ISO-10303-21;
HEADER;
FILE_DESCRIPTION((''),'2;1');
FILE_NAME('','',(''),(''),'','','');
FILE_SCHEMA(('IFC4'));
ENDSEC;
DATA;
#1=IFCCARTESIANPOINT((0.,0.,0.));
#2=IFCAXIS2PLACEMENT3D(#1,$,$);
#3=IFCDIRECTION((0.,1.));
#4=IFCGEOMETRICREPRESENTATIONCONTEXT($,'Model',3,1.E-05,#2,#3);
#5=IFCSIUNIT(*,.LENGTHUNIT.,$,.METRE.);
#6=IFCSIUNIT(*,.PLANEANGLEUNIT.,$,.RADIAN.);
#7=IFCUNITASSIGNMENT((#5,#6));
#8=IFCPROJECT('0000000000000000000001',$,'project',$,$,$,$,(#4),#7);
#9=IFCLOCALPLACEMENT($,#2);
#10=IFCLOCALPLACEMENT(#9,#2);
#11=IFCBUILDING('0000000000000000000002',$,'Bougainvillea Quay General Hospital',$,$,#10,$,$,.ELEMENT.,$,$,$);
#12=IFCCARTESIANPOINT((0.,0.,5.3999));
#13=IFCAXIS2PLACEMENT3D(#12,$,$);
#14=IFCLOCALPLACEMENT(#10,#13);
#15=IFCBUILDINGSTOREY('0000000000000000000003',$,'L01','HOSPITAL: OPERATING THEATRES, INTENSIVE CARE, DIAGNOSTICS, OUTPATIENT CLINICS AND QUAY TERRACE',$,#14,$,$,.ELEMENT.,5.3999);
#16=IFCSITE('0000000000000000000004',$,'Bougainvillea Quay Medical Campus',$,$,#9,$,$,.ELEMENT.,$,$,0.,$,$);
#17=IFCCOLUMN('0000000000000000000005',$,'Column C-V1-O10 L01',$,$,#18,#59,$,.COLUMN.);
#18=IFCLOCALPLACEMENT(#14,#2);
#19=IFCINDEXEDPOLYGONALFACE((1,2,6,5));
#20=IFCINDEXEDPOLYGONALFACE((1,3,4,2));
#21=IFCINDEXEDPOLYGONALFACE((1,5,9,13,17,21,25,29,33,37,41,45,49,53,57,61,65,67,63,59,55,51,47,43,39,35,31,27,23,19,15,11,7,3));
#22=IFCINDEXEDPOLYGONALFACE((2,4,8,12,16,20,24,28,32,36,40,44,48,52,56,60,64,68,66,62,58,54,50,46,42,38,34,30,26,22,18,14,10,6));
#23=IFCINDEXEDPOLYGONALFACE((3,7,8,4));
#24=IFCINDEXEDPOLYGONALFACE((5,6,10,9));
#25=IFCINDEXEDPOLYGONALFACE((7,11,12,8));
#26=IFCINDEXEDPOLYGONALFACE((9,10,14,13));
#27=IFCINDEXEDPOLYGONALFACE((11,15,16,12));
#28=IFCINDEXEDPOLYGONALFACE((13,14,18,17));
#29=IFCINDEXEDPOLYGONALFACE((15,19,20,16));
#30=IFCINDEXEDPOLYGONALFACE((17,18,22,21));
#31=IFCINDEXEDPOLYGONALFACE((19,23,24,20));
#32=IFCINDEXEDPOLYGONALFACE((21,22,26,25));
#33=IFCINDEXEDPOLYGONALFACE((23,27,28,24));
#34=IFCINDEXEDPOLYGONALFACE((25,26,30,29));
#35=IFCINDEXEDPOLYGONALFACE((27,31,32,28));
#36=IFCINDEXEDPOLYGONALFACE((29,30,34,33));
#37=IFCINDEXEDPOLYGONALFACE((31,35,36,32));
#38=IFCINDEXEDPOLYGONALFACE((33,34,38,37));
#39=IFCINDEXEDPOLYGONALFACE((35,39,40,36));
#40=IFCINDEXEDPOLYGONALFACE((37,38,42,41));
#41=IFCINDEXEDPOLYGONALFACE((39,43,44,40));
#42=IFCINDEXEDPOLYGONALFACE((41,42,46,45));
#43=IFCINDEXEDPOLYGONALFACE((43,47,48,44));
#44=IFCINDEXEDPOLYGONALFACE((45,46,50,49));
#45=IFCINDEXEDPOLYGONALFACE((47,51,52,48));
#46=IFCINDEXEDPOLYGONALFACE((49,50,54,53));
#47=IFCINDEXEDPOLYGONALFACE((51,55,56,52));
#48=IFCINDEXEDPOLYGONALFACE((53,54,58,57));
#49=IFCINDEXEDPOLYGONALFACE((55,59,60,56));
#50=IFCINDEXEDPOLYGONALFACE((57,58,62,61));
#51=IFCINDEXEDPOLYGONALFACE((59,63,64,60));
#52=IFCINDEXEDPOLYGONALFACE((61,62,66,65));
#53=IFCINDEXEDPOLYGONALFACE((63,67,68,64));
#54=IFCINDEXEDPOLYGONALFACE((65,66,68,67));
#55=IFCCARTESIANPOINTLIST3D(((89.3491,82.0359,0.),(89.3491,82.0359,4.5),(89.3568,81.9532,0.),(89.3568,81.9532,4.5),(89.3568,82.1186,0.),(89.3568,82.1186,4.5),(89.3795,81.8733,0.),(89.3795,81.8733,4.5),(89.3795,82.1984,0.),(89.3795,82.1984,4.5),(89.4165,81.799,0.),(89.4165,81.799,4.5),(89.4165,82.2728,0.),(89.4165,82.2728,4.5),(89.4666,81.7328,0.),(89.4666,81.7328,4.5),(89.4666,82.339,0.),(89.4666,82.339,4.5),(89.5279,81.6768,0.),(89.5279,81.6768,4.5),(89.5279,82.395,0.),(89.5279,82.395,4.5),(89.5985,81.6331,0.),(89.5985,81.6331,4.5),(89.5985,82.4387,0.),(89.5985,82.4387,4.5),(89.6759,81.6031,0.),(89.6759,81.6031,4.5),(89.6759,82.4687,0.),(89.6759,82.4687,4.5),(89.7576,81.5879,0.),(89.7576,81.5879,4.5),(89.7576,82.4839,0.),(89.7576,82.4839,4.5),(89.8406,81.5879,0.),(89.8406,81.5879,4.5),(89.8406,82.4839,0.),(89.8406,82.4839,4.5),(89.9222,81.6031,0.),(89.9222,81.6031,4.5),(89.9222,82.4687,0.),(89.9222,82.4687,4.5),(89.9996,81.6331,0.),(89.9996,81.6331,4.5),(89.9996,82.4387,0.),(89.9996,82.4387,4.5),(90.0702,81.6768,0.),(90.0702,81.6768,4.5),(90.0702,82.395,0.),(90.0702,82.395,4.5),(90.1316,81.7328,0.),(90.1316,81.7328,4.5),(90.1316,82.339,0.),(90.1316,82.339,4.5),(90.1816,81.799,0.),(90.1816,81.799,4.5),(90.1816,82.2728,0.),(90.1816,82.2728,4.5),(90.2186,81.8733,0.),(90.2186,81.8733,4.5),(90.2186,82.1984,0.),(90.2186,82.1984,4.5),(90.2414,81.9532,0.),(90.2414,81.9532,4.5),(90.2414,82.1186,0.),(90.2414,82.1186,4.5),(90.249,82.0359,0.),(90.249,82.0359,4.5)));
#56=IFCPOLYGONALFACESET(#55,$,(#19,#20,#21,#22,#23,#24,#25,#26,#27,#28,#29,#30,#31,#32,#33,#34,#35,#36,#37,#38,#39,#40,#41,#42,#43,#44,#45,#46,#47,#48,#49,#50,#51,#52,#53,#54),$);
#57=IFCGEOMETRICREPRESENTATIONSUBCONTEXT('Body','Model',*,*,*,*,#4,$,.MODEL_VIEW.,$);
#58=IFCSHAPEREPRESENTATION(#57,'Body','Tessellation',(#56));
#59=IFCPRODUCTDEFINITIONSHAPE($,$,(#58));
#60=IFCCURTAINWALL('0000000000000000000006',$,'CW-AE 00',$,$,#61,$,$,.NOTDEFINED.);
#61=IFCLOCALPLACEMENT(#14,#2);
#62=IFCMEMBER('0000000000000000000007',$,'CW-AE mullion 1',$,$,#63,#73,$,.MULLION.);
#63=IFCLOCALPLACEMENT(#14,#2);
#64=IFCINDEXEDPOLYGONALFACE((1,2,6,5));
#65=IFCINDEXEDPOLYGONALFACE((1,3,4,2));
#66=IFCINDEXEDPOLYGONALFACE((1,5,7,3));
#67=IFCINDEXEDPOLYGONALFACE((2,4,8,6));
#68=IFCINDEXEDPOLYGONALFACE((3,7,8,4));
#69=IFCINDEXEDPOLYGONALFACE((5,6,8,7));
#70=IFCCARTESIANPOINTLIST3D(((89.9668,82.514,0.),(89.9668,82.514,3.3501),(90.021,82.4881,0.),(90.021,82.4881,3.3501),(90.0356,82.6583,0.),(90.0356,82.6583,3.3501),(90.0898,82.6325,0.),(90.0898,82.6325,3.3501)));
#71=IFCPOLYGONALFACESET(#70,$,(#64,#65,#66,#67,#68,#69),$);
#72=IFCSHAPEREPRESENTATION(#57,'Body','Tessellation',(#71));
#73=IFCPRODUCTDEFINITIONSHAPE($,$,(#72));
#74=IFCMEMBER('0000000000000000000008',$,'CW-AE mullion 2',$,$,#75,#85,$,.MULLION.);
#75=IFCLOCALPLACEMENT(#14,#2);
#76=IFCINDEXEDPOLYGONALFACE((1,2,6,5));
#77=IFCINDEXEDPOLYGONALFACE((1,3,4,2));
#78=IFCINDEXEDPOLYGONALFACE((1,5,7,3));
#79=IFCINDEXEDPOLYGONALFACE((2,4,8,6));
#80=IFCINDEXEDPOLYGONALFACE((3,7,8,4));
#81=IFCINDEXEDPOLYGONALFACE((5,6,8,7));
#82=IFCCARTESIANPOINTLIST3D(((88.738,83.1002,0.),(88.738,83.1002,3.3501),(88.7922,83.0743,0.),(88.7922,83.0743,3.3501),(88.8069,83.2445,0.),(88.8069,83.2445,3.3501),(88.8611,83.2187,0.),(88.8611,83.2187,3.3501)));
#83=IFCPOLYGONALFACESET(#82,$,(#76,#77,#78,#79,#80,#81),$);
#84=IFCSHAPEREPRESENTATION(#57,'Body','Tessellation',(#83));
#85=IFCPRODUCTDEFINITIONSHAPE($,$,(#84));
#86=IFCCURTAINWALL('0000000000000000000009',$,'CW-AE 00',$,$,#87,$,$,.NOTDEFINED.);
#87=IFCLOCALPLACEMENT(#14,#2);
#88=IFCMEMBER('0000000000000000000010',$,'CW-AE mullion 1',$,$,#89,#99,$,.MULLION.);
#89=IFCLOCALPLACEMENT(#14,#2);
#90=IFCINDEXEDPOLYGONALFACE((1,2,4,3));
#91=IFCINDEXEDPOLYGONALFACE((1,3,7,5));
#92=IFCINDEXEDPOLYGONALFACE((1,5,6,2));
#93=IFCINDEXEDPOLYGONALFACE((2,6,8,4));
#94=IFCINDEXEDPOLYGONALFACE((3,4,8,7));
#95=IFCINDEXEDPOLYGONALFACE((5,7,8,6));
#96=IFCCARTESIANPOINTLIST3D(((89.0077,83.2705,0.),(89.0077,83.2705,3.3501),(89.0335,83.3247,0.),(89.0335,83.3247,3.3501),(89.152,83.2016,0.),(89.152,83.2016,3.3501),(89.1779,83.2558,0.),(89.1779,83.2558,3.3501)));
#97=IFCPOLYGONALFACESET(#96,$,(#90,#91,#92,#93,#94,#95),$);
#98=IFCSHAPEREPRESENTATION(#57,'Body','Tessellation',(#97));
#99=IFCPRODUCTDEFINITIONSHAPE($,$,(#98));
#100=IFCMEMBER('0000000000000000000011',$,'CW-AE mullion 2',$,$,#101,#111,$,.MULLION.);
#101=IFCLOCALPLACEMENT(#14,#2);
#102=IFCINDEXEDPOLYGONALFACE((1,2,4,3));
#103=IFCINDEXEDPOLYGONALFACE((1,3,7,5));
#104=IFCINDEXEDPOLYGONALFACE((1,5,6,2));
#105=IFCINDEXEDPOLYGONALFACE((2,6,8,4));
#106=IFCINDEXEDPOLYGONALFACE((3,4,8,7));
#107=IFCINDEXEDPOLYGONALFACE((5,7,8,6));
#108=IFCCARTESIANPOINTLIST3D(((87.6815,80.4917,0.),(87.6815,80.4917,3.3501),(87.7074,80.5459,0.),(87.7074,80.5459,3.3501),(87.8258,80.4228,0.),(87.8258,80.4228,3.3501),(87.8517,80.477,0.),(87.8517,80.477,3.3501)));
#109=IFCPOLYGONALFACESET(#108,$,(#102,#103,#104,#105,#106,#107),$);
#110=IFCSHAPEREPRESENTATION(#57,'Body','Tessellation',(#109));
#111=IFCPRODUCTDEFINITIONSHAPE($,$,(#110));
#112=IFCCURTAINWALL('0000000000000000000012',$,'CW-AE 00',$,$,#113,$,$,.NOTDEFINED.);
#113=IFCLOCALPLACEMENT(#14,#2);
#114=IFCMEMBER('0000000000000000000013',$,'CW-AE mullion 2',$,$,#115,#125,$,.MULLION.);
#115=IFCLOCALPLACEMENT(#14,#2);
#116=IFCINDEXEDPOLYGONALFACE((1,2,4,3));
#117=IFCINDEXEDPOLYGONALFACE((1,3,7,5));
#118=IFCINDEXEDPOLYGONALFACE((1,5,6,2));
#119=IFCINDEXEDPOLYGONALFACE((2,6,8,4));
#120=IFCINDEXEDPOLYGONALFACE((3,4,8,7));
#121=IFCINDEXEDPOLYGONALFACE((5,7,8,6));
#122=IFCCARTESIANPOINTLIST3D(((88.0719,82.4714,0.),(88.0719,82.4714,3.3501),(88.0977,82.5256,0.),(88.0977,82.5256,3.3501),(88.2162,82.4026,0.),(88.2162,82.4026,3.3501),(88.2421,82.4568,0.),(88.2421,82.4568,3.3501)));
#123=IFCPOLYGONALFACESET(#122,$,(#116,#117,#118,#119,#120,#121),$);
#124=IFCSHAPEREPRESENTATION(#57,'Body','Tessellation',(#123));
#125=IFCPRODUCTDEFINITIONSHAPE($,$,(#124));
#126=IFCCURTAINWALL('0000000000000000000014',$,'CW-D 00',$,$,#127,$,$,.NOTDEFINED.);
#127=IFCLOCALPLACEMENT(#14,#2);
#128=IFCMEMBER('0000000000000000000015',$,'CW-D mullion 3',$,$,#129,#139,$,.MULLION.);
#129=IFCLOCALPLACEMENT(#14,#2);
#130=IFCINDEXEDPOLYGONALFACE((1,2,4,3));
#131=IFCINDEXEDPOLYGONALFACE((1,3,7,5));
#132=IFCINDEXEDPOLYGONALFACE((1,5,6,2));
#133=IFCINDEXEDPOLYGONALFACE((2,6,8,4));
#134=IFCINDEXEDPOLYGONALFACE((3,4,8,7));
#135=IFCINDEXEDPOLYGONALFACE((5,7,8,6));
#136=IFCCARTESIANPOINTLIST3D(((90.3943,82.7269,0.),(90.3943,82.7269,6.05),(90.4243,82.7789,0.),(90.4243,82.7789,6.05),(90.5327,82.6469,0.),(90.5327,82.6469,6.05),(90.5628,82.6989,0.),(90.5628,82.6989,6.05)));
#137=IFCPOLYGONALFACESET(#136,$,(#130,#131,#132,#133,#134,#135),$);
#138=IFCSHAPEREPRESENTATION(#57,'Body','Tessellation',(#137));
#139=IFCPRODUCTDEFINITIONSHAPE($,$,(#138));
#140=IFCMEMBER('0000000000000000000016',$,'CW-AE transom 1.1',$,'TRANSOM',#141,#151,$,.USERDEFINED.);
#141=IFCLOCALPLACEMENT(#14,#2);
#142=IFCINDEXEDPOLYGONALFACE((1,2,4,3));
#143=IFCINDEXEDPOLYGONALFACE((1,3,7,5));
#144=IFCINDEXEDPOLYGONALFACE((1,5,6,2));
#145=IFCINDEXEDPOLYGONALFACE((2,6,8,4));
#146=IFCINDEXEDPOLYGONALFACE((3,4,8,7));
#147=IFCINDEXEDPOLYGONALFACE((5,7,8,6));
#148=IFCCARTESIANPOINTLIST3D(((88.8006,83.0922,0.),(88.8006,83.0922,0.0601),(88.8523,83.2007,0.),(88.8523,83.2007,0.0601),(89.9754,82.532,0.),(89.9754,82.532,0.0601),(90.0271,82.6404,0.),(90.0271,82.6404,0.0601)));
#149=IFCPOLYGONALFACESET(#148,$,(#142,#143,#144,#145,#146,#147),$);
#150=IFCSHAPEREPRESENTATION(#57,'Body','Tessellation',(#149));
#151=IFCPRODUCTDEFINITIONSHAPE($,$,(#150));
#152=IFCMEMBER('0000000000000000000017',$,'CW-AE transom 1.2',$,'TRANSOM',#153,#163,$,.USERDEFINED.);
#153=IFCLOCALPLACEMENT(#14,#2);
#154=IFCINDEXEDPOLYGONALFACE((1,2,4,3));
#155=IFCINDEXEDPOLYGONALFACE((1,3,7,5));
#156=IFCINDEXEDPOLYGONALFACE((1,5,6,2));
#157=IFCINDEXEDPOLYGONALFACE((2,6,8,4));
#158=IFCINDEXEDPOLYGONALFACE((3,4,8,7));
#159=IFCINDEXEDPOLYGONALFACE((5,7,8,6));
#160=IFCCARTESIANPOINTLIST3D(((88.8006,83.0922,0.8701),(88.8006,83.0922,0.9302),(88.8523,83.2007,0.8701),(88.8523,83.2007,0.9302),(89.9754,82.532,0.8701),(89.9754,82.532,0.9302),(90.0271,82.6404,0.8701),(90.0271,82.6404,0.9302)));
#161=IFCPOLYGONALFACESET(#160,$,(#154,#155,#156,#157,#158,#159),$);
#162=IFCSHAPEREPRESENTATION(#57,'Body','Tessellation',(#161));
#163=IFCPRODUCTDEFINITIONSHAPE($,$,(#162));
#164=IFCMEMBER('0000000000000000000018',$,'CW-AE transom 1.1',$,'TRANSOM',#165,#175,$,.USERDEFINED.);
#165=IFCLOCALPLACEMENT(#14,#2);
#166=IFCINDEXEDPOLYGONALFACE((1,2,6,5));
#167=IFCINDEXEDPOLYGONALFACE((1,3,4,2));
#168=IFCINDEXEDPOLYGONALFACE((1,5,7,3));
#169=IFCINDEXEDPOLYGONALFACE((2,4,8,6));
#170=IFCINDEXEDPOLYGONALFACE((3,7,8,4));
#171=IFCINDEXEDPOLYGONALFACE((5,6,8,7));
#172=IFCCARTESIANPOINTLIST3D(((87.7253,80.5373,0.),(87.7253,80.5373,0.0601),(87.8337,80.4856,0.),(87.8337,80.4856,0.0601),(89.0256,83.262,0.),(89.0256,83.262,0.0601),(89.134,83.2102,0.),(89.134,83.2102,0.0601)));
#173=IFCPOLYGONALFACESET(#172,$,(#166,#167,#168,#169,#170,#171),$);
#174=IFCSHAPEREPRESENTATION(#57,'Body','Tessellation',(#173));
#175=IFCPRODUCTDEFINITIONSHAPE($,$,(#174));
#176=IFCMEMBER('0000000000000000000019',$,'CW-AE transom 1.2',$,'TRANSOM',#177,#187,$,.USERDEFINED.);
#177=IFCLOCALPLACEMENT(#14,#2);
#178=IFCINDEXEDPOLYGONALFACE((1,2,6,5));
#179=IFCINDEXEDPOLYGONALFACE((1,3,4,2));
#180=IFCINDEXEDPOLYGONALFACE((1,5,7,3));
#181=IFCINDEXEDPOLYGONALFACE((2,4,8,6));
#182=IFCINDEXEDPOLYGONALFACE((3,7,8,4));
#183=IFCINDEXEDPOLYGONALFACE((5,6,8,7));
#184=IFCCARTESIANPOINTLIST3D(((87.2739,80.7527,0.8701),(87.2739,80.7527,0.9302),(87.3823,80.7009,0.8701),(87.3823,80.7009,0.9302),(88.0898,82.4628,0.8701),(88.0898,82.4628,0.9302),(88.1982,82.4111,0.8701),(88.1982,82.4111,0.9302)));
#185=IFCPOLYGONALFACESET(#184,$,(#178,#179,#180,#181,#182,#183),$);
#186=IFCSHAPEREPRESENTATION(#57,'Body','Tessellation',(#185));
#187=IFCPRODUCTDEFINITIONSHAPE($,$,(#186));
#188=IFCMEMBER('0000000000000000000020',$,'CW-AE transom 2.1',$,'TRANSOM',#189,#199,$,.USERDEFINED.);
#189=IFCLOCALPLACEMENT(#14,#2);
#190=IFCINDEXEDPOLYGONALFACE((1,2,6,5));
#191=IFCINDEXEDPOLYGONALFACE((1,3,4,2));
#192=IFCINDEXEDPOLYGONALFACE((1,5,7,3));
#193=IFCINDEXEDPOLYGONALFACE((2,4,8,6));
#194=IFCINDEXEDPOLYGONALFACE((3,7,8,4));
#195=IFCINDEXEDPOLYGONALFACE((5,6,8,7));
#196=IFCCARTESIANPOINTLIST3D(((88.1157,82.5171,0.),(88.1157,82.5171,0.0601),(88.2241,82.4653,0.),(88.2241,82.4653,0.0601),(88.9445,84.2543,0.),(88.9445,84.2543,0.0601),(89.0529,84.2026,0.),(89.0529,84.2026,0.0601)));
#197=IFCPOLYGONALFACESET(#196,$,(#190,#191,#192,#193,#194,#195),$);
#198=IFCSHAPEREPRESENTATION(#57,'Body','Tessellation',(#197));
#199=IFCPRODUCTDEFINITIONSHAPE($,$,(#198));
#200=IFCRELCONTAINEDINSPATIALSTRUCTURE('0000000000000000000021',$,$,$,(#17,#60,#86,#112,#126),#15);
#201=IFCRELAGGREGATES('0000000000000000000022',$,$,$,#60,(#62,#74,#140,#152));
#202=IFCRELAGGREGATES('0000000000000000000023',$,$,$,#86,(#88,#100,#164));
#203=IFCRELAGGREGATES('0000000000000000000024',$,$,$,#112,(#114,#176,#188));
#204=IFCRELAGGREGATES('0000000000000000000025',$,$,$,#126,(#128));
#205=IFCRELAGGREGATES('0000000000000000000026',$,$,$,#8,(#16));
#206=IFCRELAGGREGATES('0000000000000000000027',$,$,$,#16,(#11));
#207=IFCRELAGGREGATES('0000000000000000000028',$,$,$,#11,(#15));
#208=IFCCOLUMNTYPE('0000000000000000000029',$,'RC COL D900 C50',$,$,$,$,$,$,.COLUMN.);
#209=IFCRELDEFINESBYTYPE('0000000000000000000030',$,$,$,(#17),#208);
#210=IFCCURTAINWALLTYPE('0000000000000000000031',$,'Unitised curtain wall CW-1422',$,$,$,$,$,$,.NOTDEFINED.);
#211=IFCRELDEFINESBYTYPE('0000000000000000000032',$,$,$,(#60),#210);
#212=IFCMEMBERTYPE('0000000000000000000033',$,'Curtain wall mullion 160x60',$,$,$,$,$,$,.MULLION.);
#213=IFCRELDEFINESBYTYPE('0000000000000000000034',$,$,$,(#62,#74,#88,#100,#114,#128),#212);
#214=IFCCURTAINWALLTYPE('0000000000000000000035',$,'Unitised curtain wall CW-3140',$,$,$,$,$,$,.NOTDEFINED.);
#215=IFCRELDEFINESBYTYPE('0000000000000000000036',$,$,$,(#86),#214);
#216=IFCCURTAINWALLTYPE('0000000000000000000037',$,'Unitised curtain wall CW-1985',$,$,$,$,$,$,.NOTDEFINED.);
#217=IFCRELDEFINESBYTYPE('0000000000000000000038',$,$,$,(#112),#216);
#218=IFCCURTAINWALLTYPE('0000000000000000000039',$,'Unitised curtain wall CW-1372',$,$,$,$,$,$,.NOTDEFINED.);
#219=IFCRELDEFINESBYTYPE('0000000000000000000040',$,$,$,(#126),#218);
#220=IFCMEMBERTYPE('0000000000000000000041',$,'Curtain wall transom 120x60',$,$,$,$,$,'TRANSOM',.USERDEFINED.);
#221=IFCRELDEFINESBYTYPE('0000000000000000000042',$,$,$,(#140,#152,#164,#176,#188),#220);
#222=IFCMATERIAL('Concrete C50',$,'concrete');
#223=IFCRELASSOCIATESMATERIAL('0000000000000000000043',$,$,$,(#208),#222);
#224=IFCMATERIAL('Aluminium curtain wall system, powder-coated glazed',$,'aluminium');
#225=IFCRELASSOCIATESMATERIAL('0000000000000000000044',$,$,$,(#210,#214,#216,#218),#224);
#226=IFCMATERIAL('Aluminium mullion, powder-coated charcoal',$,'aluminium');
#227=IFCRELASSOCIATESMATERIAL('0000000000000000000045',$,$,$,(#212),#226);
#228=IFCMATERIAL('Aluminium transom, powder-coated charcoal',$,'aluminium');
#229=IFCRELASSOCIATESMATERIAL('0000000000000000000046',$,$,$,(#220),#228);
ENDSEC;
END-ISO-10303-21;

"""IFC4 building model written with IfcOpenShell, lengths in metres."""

from ifc_helpers import new_model, si_unit, direction, frame, origin, origin_2d, place, context, subcontext, project, spatial, rectangle, circle, extrude, material, material_profile, profile_set, type_object, element, aggregate, save


model = new_model("IFC4")

# Units and contexts
model_context = context("Model", 3, precision=1e-05, world=origin(), true_north=direction((0.0, 1.0)))
body_context = subcontext(model_context, "Body", "Model", "MODEL_VIEW")
ifc_project = project(units=[si_unit("LENGTHUNIT", "METRE"), si_unit("PLANEANGLEUNIT", "RADIAN")], contexts=[model_context])

# Site, building, storey
site_placement = place(None, origin())
site = spatial("IfcSite", under=ifc_project, at=site_placement, Name="Bougainvillea Quay Medical Campus", CompositionType="ELEMENT", RefElevation=0.0)
building_placement = place(site_placement, origin())
building = spatial("IfcBuilding", under=site, at=building_placement, Name="Bougainvillea Quay General Hospital", CompositionType="ELEMENT")
storey_placement = place(building_placement, frame((0.0, 0.0, 5.3999)))
storey = spatial("IfcBuildingStorey", under=building, at=storey_placement, Name="L01", Description="HOSPITAL: OPERATING THEATRES, INTENSIVE CARE, DIAGNOSTICS, OUTPATIENT CLINICS AND QUAY TERRACE", CompositionType="ELEMENT", Elevation=5.3999)

# Column
ifc_material_1 = material(Name="Concrete C50", Category="concrete")
ifc_material_profile_1 = material_profile(ifc_material_1, circle(Radius=0.45, at=origin_2d()))
ifc_profile_set_1 = profile_set([ifc_material_profile_1], Name="Concrete C50")
column_type = type_object("IfcColumnType", Name="RC COL D900 C50", PredefinedType="COLUMN", material=ifc_profile_set_1)
column_placement = place(storey_placement, frame((89.7991, 82.0359, 0.0), z_axis=(0.0, 0.0, 1.0), x_axis=(1.0, 0.0, 0.0)))
element("IfcColumn", 1, at=column_placement, inside=storey, type_object=column_type, Name="Column C-V1-O10 L01", PredefinedType="COLUMN", context=body_context, shape_type="SweptSolid", body=[
    extrude(circle(Radius=0.45, at=origin_2d()), origin(), (0.0, 0.0, 1.0), 4.5),
])

# Curtain walls, members
ifc_material_2 = material(Name="Aluminium curtain wall system, powder-coated glazed", Category="aluminium")
curtain_wall_type_1 = type_object("IfcCurtainWallType", Name="Unitised curtain wall CW-1422", PredefinedType="NOTDEFINED", material=ifc_material_2)
curtain_wall_1_placement = place(storey_placement, origin())
curtain_wall_1 = element("IfcCurtainWall", 2, at=curtain_wall_1_placement, inside=storey, type_object=curtain_wall_type_1, Name="CW-AE 00", PredefinedType="NOTDEFINED")
ifc_material_3 = material(Name="Aluminium mullion, powder-coated charcoal", Category="aluminium")
ifc_material_profile_2 = material_profile(ifc_material_3, rectangle(XDim=0.1599, YDim=0.0601, at=origin_2d()))
ifc_profile_set_2 = profile_set([ifc_material_profile_2], Name="Aluminium mullion, powder-coated charcoal")
member_type_1 = type_object("IfcMemberType", Name="Curtain wall mullion 160x60", PredefinedType="MULLION", material=ifc_profile_set_2)
member_1_placement = place(storey_placement, frame((90.0283, 82.5732, 0.0), z_axis=(0.0, 0.0, 1.0), x_axis=(-0.430534, -0.902574, 0.0)))
member_1 = element("IfcMember", 3, at=member_1_placement, type_object=member_type_1, Name="CW-AE mullion 1", PredefinedType="MULLION", context=body_context, shape_type="SweptSolid", body=[
    extrude(rectangle(XDim=0.1599, YDim=0.0601, at=origin_2d()), origin(), (0.0, 0.0, 1.0), 3.3501),
])
member_2_placement = place(storey_placement, frame((88.7996, 83.1594, 0.0), z_axis=(0.0, 0.0, 1.0), x_axis=(-0.430534, -0.902574, 0.0)))
member_2 = element("IfcMember", 4, at=member_2_placement, type_object=member_type_1, Name="CW-AE mullion 2", PredefinedType="MULLION", context=body_context, shape_type="SweptSolid", body=[
    extrude(rectangle(XDim=0.1599, YDim=0.0601, at=origin_2d()), origin(), (0.0, 0.0, 1.0), 3.3501),
])
curtain_wall_type_2 = type_object("IfcCurtainWallType", Name="Unitised curtain wall CW-3140", PredefinedType="NOTDEFINED", material=ifc_material_2)
curtain_wall_2_placement = place(storey_placement, origin())
curtain_wall_2 = element("IfcCurtainWall", 5, at=curtain_wall_2_placement, inside=storey, type_object=curtain_wall_type_2, Name="CW-AE 00", PredefinedType="NOTDEFINED")
member_3_placement = place(storey_placement, frame((89.0928, 83.2632, 0.0), z_axis=(0.0, 0.0, 1.0), x_axis=(0.902495, -0.4307, 0.0)))
member_3 = element("IfcMember", 6, at=member_3_placement, type_object=member_type_1, Name="CW-AE mullion 1", PredefinedType="MULLION", context=body_context, shape_type="SweptSolid", body=[
    extrude(rectangle(XDim=0.1599, YDim=0.0601, at=origin_2d()), origin(), (0.0, 0.0, 1.0), 3.3501),
])
member_4_placement = place(storey_placement, frame((87.7666, 80.4844, 0.0), z_axis=(0.0, 0.0, 1.0), x_axis=(0.902495, -0.4307, 0.0)))
member_4 = element("IfcMember", 7, at=member_4_placement, type_object=member_type_1, Name="CW-AE mullion 2", PredefinedType="MULLION", context=body_context, shape_type="SweptSolid", body=[
    extrude(rectangle(XDim=0.1599, YDim=0.0601, at=origin_2d()), origin(), (0.0, 0.0, 1.0), 3.3501),
])

# Curtain walls, members
curtain_wall_type_3 = type_object("IfcCurtainWallType", Name="Unitised curtain wall CW-1985", PredefinedType="NOTDEFINED", material=ifc_material_2)
curtain_wall_3_placement = place(storey_placement, origin())
curtain_wall_3 = element("IfcCurtainWall", 8, at=curtain_wall_3_placement, inside=storey, type_object=curtain_wall_type_3, Name="CW-AE 00", PredefinedType="NOTDEFINED")
member_5_placement = place(storey_placement, frame((88.157, 82.4641, 0.0), z_axis=(0.0, 0.0, 1.0), x_axis=(-0.902561, 0.430563, 0.0)))
member_5 = element("IfcMember", 9, at=member_5_placement, type_object=member_type_1, Name="CW-AE mullion 2", PredefinedType="MULLION", context=body_context, shape_type="SweptSolid", body=[
    extrude(rectangle(XDim=0.1599, YDim=0.0601, at=origin_2d()), origin(), (0.0, 0.0, 1.0), 3.3501),
])
curtain_wall_type_4 = type_object("IfcCurtainWallType", Name="Unitised curtain wall CW-1372", PredefinedType="NOTDEFINED", material=ifc_material_2)
curtain_wall_4_placement = place(storey_placement, origin())
curtain_wall_4 = element("IfcCurtainWall", 10, at=curtain_wall_4_placement, inside=storey, type_object=curtain_wall_type_4, Name="CW-D 00", PredefinedType="NOTDEFINED")
member_6_placement = place(storey_placement, frame((90.4785, 82.7129, 0.0), z_axis=(0.0, 0.0, 1.0), x_axis=(0.866048, -0.499962, 0.0)))
member_6 = element("IfcMember", 11, at=member_6_placement, type_object=member_type_1, Name="CW-D mullion 3", PredefinedType="MULLION", context=body_context, shape_type="SweptSolid", body=[
    extrude(rectangle(XDim=0.1599, YDim=0.0601, at=origin_2d()), origin(), (0.0, 0.0, 1.0), 6.05),
])

# Members
ifc_material_4 = material(Name="Aluminium transom, powder-coated charcoal", Category="aluminium")
ifc_material_profile_3 = material_profile(ifc_material_4, rectangle(XDim=0.1201, YDim=0.0601, at=origin_2d()))
ifc_profile_set_3 = profile_set([ifc_material_profile_3], Name="Aluminium transom, powder-coated charcoal")
member_type_2 = type_object("IfcMemberType", Name="Curtain wall transom 120x60", ElementType="TRANSOM", PredefinedType="USERDEFINED", material=ifc_profile_set_3)
member_7_placement = place(storey_placement, frame((90.0012, 82.5862, 0.03), z_axis=(-0.9026, 0.43048, 0.0), x_axis=(-0.43048, -0.9026, 0.0)))
member_7 = element("IfcMember", 12, at=member_7_placement, type_object=member_type_2, Name="CW-AE transom 1.1", ObjectType="TRANSOM", PredefinedType="USERDEFINED", context=body_context, shape_type="SweptSolid", body=[
    extrude(rectangle(XDim=0.1201, YDim=0.0601, at=origin_2d()), origin(), (0.0, 0.0, 1.0), 1.3015),
])
member_8_placement = place(storey_placement, frame((90.0012, 82.5862, 0.9001), z_axis=(-0.9026, 0.43048, 0.0), x_axis=(-0.43048, -0.9026, 0.0)))
member_8 = element("IfcMember", 13, at=member_8_placement, type_object=member_type_2, Name="CW-AE transom 1.2", ObjectType="TRANSOM", PredefinedType="USERDEFINED", context=body_context, shape_type="SweptSolid", body=[
    extrude(rectangle(XDim=0.1201, YDim=0.0601, at=origin_2d()), origin(), (0.0, 0.0, 1.0), 1.3015),
])
member_9_placement = place(storey_placement, frame((89.0798, 83.2361, 0.03), z_axis=(-0.430706, -0.902492, 0.0), x_axis=(0.902492, -0.430706, 0.0)))
member_9 = element("IfcMember", 14, at=member_9_placement, type_object=member_type_2, Name="CW-AE transom 1.1", ObjectType="TRANSOM", PredefinedType="USERDEFINED", context=body_context, shape_type="SweptSolid", body=[
    extrude(rectangle(XDim=0.1201, YDim=0.0601, at=origin_2d()), origin(), (0.0, 0.0, 1.0), 3.019),
])
member_10_placement = place(storey_placement, frame((87.3281, 80.7268, 0.9001), z_axis=(0.430594, 0.902546, 0.0), x_axis=(-0.902546, 0.430594, 0.0)))
member_10 = element("IfcMember", 15, at=member_10_placement, type_object=member_type_2, Name="CW-AE transom 1.2", ObjectType="TRANSOM", PredefinedType="USERDEFINED", context=body_context, shape_type="SweptSolid", body=[
    extrude(rectangle(XDim=0.1201, YDim=0.0601, at=origin_2d()), origin(), (0.0, 0.0, 1.0), 1.8948),
])
member_11_placement = place(storey_placement, frame((88.1699, 82.4912, 0.03), z_axis=(0.430598, 0.902544, 0.0), x_axis=(-0.902544, 0.430598, 0.0)))
member_11 = element("IfcMember", 16, at=member_11_placement, type_object=member_type_2, Name="CW-AE transom 2.1", ObjectType="TRANSOM", PredefinedType="USERDEFINED", context=body_context, shape_type="SweptSolid", body=[
    extrude(rectangle(XDim=0.1201, YDim=0.0601, at=origin_2d()), origin(), (0.0, 0.0, 1.0), 1.9248),
])

aggregate(curtain_wall_1, [member_1, member_2, member_7, member_8])
aggregate(curtain_wall_2, [member_3, member_4, member_9])
aggregate(curtain_wall_3, [member_5, member_10, member_11])
aggregate(curtain_wall_4, [member_6])

save(model, "model.ifc")
